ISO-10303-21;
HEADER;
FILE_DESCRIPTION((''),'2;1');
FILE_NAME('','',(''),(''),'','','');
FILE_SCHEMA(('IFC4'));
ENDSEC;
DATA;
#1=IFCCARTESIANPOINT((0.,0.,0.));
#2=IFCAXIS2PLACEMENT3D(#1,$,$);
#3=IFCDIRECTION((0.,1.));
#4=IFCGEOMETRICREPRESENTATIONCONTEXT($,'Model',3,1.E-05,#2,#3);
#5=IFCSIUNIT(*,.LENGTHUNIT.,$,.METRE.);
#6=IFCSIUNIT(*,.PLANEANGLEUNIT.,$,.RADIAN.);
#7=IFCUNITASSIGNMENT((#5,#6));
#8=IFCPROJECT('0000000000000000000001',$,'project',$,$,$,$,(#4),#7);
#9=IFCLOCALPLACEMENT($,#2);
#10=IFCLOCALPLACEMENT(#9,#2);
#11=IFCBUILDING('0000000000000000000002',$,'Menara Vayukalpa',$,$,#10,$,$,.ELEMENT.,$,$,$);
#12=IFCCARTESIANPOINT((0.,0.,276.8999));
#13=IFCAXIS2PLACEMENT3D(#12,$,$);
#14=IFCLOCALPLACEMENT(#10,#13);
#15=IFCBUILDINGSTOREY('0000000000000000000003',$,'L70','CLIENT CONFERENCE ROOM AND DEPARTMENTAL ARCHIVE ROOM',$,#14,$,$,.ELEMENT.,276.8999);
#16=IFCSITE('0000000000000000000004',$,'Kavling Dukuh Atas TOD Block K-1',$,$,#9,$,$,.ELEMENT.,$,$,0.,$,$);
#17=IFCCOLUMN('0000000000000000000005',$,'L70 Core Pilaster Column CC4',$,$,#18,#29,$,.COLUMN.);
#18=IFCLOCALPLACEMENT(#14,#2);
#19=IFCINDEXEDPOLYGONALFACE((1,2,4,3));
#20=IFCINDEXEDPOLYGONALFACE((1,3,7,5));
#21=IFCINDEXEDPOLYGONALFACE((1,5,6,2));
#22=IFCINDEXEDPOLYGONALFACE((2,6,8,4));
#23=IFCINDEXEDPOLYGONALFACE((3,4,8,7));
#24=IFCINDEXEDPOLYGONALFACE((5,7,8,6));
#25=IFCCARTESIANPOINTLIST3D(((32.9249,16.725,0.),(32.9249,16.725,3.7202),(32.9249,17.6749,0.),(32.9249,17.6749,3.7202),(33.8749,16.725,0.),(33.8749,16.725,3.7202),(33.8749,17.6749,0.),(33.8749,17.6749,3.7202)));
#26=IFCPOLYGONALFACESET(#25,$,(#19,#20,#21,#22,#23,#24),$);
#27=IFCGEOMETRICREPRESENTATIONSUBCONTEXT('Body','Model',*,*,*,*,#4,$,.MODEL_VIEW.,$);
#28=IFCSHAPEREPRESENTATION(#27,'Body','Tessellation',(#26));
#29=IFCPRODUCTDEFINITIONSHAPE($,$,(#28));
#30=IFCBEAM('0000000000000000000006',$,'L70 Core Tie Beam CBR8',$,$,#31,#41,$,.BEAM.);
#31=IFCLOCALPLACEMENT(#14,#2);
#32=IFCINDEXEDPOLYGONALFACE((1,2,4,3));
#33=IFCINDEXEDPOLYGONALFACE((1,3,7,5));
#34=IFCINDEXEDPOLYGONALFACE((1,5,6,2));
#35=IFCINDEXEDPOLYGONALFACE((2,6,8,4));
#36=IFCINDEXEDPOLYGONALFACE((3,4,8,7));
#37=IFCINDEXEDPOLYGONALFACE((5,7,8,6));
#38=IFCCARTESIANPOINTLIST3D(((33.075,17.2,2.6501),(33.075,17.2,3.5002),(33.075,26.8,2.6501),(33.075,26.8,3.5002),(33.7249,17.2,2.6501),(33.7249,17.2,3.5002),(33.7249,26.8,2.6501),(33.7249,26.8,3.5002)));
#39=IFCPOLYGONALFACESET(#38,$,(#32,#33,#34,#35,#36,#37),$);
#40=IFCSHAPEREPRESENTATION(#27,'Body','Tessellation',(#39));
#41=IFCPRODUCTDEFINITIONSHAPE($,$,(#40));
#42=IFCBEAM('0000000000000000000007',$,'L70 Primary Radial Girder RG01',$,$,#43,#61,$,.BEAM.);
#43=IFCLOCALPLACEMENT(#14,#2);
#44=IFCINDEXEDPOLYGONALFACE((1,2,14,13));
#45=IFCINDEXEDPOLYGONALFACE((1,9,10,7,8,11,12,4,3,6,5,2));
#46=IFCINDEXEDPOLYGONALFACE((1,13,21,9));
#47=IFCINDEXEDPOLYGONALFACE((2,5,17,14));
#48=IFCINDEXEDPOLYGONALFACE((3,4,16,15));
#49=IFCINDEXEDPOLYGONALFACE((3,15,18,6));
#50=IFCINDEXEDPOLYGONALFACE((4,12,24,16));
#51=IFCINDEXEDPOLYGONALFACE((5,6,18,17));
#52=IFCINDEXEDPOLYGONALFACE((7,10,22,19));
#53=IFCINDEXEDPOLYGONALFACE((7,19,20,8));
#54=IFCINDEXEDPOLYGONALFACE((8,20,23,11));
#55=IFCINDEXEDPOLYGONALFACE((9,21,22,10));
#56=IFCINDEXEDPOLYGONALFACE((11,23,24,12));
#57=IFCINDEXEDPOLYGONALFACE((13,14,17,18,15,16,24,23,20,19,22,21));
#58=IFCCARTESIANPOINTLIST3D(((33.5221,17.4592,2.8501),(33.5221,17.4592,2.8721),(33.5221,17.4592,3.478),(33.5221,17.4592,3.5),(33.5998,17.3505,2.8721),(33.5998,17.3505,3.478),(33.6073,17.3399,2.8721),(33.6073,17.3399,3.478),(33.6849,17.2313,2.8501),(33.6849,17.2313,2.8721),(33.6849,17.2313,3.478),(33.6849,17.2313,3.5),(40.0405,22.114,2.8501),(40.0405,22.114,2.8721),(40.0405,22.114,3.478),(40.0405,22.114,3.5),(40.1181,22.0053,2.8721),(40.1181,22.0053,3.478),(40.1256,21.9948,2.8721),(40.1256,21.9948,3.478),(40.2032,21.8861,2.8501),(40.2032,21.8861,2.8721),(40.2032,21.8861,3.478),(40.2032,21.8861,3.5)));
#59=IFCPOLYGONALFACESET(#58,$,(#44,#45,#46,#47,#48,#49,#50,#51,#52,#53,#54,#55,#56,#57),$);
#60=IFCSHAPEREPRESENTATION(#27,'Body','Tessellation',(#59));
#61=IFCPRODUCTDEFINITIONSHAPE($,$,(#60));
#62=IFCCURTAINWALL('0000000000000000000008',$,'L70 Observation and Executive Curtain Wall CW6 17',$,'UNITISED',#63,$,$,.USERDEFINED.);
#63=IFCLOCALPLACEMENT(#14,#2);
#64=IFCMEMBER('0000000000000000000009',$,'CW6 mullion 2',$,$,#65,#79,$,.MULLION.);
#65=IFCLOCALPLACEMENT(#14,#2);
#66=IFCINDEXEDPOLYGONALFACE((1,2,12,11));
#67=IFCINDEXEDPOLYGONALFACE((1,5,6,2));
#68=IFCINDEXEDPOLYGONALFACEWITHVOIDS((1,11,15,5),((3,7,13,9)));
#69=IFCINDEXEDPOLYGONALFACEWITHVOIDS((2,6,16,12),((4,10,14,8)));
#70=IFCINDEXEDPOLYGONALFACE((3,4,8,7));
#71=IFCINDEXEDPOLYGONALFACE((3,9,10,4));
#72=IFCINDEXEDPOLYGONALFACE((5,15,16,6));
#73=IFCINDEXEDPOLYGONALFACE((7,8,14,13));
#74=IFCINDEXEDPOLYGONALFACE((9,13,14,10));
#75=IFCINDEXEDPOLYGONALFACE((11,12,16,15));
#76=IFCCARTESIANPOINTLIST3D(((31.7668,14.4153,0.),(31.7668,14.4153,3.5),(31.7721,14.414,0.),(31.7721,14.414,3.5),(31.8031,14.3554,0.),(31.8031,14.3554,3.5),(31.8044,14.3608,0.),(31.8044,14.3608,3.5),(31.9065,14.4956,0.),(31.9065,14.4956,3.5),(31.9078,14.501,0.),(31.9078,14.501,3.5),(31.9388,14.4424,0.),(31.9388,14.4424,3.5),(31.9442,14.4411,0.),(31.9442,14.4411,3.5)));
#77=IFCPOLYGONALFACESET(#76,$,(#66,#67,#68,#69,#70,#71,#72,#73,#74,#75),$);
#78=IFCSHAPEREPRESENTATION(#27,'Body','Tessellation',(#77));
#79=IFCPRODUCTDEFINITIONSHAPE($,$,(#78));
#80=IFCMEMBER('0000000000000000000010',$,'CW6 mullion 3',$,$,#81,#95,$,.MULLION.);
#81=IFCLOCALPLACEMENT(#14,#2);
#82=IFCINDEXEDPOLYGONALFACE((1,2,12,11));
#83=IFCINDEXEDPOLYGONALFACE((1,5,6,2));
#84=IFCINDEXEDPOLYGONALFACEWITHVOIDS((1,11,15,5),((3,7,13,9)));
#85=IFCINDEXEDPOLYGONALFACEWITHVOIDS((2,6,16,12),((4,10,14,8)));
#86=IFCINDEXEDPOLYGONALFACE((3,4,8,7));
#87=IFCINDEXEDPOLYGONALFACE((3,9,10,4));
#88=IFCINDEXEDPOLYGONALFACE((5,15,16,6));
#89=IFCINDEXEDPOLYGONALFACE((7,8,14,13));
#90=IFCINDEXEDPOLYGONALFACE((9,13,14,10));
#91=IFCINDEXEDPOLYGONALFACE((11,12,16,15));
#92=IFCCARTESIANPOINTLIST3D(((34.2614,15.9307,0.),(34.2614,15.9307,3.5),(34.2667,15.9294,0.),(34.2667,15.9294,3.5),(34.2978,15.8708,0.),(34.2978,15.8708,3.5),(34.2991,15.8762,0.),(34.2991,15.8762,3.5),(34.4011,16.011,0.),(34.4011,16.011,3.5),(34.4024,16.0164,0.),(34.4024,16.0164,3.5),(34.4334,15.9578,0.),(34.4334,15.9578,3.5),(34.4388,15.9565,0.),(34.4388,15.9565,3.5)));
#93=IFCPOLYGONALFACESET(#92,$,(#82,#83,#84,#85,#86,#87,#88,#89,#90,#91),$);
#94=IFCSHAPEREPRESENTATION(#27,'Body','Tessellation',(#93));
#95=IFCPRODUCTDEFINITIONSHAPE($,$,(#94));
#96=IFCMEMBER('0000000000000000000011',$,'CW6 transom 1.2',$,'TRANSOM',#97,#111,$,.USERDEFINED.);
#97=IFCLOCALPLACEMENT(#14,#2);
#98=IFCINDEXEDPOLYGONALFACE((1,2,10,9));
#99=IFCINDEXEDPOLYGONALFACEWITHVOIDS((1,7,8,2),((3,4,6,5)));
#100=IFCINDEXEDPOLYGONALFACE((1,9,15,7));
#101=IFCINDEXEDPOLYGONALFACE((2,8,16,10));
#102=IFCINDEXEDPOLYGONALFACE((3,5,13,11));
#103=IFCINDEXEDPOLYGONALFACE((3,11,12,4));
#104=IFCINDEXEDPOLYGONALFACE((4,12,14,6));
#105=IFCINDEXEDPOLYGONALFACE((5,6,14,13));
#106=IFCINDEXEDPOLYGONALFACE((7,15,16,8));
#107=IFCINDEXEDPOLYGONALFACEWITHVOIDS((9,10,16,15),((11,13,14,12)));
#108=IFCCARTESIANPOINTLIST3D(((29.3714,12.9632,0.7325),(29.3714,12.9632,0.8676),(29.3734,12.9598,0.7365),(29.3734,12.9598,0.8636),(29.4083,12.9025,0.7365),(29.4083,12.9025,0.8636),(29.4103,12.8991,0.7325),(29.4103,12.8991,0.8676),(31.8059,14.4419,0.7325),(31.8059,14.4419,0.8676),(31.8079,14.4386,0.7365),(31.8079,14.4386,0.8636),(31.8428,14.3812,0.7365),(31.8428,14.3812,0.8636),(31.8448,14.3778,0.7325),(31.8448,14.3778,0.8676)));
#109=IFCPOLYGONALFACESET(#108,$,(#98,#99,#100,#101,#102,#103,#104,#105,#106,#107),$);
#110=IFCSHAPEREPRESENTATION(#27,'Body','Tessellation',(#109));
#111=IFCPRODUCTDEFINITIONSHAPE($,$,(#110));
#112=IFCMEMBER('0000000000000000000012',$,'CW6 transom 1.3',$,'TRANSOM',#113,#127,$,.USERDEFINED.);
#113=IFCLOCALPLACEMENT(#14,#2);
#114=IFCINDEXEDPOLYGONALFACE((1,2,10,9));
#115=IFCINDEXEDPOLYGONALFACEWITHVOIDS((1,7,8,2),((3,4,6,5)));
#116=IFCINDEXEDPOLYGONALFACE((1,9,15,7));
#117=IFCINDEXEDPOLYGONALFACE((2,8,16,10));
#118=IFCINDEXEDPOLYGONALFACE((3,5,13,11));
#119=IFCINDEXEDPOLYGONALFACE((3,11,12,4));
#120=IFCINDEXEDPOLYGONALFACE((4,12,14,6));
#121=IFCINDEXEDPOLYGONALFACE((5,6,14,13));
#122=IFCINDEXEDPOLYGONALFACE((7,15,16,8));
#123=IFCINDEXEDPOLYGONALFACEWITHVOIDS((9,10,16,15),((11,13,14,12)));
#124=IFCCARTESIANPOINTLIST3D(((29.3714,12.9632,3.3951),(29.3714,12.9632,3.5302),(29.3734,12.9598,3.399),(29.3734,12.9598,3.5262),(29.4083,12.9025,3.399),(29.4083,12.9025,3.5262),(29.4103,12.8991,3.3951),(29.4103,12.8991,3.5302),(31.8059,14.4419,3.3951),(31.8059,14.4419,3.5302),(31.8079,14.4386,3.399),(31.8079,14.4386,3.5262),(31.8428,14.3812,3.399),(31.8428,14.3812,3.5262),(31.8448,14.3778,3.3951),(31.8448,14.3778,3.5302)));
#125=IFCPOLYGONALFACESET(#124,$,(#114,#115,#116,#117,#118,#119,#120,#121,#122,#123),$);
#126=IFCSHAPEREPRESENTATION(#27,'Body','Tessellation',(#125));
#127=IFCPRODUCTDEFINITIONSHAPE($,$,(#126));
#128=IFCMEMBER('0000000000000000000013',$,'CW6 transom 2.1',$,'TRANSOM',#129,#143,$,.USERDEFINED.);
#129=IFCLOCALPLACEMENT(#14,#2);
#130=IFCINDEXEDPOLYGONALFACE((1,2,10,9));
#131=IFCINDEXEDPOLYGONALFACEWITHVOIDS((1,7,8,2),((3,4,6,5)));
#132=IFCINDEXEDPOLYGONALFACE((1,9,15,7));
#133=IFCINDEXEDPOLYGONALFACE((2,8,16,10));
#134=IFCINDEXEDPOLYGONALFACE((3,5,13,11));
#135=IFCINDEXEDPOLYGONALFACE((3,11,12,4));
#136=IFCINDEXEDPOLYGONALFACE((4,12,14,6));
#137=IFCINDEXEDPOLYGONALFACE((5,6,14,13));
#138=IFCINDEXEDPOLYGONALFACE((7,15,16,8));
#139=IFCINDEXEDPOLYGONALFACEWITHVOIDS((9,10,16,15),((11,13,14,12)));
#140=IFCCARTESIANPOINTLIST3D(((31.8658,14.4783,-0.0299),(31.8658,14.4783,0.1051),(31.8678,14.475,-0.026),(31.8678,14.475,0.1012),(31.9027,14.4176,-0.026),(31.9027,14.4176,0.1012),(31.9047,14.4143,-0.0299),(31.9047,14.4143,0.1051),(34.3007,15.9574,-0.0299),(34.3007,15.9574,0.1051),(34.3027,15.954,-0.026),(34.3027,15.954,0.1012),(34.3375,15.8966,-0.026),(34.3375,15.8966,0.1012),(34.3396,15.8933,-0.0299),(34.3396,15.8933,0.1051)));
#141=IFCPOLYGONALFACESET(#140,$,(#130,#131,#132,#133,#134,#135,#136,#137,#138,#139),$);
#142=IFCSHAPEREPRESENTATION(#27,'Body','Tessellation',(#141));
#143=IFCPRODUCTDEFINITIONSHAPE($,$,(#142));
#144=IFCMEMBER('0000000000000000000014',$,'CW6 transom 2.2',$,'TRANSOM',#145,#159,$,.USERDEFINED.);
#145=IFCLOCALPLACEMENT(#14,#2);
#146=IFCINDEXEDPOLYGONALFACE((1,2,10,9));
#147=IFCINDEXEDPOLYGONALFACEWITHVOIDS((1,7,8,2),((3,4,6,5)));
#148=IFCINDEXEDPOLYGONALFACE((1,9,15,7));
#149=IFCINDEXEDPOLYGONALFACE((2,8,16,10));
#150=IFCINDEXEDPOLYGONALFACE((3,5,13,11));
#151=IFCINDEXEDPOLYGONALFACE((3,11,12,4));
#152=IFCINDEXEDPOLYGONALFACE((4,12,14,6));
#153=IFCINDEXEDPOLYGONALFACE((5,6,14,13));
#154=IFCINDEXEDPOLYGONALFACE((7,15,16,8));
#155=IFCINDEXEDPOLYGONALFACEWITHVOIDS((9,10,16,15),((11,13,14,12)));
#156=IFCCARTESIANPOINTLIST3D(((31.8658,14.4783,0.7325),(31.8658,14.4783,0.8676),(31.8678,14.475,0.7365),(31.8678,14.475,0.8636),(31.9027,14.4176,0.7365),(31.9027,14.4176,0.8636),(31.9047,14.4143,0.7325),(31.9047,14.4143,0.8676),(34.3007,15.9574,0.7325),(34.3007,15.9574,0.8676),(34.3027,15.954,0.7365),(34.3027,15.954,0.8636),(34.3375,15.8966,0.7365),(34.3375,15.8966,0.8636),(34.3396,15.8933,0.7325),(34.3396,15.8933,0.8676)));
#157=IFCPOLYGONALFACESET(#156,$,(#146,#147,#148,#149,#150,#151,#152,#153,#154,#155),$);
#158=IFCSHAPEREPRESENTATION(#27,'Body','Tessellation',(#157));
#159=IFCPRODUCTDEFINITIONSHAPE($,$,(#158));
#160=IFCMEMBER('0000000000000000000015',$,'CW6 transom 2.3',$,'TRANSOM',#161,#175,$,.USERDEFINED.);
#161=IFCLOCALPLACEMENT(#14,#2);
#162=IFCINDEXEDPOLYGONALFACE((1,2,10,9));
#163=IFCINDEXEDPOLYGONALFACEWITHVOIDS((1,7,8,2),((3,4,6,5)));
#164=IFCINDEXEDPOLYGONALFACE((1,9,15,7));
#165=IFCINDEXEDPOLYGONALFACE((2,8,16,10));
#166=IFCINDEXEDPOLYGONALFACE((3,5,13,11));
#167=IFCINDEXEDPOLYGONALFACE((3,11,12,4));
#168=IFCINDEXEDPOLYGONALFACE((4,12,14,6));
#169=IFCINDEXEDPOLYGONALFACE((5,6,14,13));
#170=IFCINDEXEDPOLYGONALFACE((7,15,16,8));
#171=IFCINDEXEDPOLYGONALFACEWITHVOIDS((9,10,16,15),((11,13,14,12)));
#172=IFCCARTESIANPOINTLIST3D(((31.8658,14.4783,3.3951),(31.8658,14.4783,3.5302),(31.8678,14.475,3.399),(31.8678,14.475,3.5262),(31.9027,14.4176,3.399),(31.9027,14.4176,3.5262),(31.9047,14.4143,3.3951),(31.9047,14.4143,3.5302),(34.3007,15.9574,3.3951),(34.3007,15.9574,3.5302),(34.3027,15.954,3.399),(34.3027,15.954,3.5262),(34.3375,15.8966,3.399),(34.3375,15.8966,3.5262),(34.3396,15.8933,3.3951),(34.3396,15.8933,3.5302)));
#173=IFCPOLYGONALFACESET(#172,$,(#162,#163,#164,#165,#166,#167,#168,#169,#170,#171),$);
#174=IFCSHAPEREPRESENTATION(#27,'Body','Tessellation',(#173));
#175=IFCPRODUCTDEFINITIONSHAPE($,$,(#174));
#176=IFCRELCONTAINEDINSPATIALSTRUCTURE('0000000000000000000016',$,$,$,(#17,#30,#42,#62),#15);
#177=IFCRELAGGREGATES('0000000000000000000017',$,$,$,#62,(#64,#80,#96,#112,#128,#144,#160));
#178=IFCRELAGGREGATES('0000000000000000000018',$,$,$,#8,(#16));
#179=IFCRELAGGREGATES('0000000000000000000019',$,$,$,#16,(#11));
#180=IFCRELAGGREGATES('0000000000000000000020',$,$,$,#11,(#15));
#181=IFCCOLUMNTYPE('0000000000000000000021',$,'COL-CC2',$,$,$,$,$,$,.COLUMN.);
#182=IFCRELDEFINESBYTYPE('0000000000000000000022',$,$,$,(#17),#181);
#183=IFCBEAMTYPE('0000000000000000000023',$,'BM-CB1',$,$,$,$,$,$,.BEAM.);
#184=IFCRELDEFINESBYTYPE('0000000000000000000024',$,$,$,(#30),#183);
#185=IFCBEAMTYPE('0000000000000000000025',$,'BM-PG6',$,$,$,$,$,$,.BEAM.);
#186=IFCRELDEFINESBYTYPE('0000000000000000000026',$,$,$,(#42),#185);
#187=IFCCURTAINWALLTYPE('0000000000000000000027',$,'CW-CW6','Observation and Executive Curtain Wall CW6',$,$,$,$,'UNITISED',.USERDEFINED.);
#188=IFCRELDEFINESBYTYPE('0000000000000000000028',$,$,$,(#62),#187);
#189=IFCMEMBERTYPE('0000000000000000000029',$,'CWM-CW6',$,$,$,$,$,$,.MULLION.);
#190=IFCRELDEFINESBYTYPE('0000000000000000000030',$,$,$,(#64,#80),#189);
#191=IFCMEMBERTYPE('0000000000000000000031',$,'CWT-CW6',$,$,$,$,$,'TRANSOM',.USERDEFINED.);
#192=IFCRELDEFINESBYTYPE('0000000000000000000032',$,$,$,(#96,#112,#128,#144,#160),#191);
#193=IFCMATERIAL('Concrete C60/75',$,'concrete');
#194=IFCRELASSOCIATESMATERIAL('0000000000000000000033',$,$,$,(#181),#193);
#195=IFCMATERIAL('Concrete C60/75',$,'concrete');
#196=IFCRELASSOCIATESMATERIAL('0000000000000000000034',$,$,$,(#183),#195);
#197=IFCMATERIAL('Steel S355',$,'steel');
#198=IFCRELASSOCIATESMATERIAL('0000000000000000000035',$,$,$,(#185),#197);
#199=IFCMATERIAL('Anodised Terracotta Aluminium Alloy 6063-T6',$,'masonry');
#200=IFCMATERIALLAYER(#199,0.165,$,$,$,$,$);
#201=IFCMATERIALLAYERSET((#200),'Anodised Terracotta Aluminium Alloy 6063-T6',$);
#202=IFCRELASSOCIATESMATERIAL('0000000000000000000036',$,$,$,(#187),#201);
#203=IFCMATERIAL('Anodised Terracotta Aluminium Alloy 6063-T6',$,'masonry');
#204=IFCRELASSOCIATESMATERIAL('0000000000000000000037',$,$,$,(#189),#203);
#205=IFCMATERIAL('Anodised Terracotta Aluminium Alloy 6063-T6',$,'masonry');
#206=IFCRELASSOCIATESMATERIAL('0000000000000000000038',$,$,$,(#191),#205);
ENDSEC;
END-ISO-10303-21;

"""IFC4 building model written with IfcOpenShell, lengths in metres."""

from ifc_helpers import new_model, si_unit, direction, frame, origin, origin_2d, place, context, subcontext, project, spatial, rectangle, hollow_rectangle, i_section, extrude, material, layer, layer_set, material_profile, profile_set, type_object, element, aggregate, save


model = new_model("IFC4")

# Units and contexts
model_context = context("Model", 3, precision=1e-05, world=origin(), true_north=direction((0.0, 1.0)))
body_context = subcontext(model_context, "Body", "Model", "MODEL_VIEW")
ifc_project = project(units=[si_unit("LENGTHUNIT", "METRE"), si_unit("PLANEANGLEUNIT", "RADIAN")], contexts=[model_context])

# Site, building, storey
site_placement = place(None, origin())
site = spatial("IfcSite", under=ifc_project, at=site_placement, Name="Kavling Dukuh Atas TOD Block K-1", CompositionType="ELEMENT", RefElevation=0.0)
building_placement = place(site_placement, origin())
building = spatial("IfcBuilding", under=site, at=building_placement, Name="Menara Vayukalpa", CompositionType="ELEMENT")
storey_placement = place(building_placement, frame((0.0, 0.0, 276.8999)))
storey = spatial("IfcBuildingStorey", under=building, at=storey_placement, Name="L70", Description="CLIENT CONFERENCE ROOM AND DEPARTMENTAL ARCHIVE ROOM", CompositionType="ELEMENT", Elevation=276.8999)

# Column
ifc_material_1 = material(Name="Concrete C60/75", Category="concrete")
ifc_material_profile_1 = material_profile(ifc_material_1, rectangle(XDim=0.95, YDim=0.95, at=origin_2d()), Name="RC 950x950")
ifc_profile_set_1 = profile_set([ifc_material_profile_1], Name="Concrete C60/75")
column_type = type_object("IfcColumnType", Name="COL-CC2", PredefinedType="COLUMN", material=ifc_profile_set_1)
column_placement = place(storey_placement, frame((33.3999, 17.2, 0.0), z_axis=(0.0, 0.0, 1.0), x_axis=(1.0, 0.0, 0.0)))
element("IfcColumn", 1, at=column_placement, inside=storey, type_object=column_type, Name="L70 Core Pilaster Column CC4", PredefinedType="COLUMN", context=body_context, shape_type="SweptSolid", body=[
    extrude(rectangle(XDim=0.95, YDim=0.95, at=origin_2d()), origin(), (0.0, 0.0, 1.0), 3.7202),
])

# Beams
ifc_material_2 = material(Name="Concrete C60/75", Category="concrete")
ifc_material_profile_2 = material_profile(ifc_material_2, rectangle(XDim=0.6499, YDim=0.8501, at=origin_2d()), Name="RC 650x850")
ifc_profile_set_2 = profile_set([ifc_material_profile_2], Name="Concrete C60/75")
beam_type_1 = type_object("IfcBeamType", Name="BM-CB1", PredefinedType="BEAM", material=ifc_profile_set_2)
beam_1_placement = place(storey_placement, frame((33.3999, 17.2, 3.0752), z_axis=(0.0, 1.0, 0.0), x_axis=(-1.0, 0.0, 0.0)))
element("IfcBeam", 2, at=beam_1_placement, inside=storey, type_object=beam_type_1, Name="L70 Core Tie Beam CBR8", PredefinedType="BEAM", context=body_context, shape_type="SweptSolid", body=[
    extrude(rectangle(XDim=0.6499, YDim=0.8501, at=origin_2d()), origin(), (0.0, 0.0, 1.0), 9.6001),
])
ifc_material_3 = material(Name="Steel S355", Category="steel")
ifc_material_profile_3 = material_profile(ifc_material_3, i_section(OverallWidth=0.28, OverallDepth=0.6499, WebThickness=0.0129, FlangeThickness=0.022, at=origin_2d()), Name="WF 650x280x13x22")
ifc_profile_set_3 = profile_set([ifc_material_profile_3], Name="Steel S355")
beam_type_2 = type_object("IfcBeamType", Name="BM-PG6", PredefinedType="BEAM", material=ifc_profile_set_3)
beam_2_placement = place(storey_placement, frame((33.6035, 17.3452, 3.175), z_axis=(0.813801, 0.581143, 0.0), x_axis=(-0.581143, 0.813801, 0.0)))
element("IfcBeam", 3, at=beam_2_placement, inside=storey, type_object=beam_type_2, Name="L70 Primary Radial Girder RG01", PredefinedType="BEAM", context=body_context, shape_type="SweptSolid", body=[
    extrude(i_section(OverallWidth=0.28, OverallDepth=0.6499, WebThickness=0.0129, FlangeThickness=0.022, at=origin_2d()), origin(), (0.0, 0.0, 1.0), 8.0098),
])

# Curtain wall, members
ifc_material_4 = material(Name="Anodised Terracotta Aluminium Alloy 6063-T6", Category="masonry")
ifc_layer_1 = layer(ifc_material_4, 0.165)
ifc_layer_set_1 = layer_set([ifc_layer_1], Name="Anodised Terracotta Aluminium Alloy 6063-T6")
curtain_wall_type = type_object("IfcCurtainWallType", Name="CW-CW6", Description="Observation and Executive Curtain Wall CW6", ElementType="UNITISED", PredefinedType="USERDEFINED", material=ifc_layer_set_1)
curtain_wall_placement = place(storey_placement, origin())
curtain_wall = element("IfcCurtainWall", 4, at=curtain_wall_placement, inside=storey, type_object=curtain_wall_type, Name="L70 Observation and Executive Curtain Wall CW6 17", ObjectType="UNITISED", PredefinedType="USERDEFINED")
ifc_material_5 = material(Name="Anodised Terracotta Aluminium Alloy 6063-T6", Category="masonry")
ifc_material_profile_4 = material_profile(ifc_material_5, hollow_rectangle(XDim=0.0701, YDim=0.165, WallThickness=0.0039, at=origin_2d()), Name="ALU 70x165x4")
ifc_profile_set_4 = profile_set([ifc_material_profile_4], Name="Anodised Terracotta Aluminium Alloy 6063-T6")
member_type_1 = type_object("IfcMemberType", Name="CWM-CW6", PredefinedType="MULLION", material=ifc_profile_set_4)
member_1_placement = place(storey_placement, frame((31.8555, 14.4282, 0.0), z_axis=(0.0, 0.0, 1.0), x_axis=(-0.519176, 0.854668, 0.0)))
member_1 = element("IfcMember", 5, at=member_1_placement, type_object=member_type_1, Name="CW6 mullion 2", PredefinedType="MULLION", context=body_context, shape_type="SweptSolid", body=[
    extrude(hollow_rectangle(XDim=0.0701, YDim=0.165, WallThickness=0.0039, at=origin_2d()), origin(), (0.0, 0.0, 1.0), 3.5),
])
member_2_placement = place(storey_placement, frame((34.3501, 15.9436, 0.0), z_axis=(0.0, 0.0, 1.0), x_axis=(-0.519176, 0.854668, 0.0)))
member_2 = element("IfcMember", 6, at=member_2_placement, type_object=member_type_1, Name="CW6 mullion 3", PredefinedType="MULLION", context=body_context, shape_type="SweptSolid", body=[
    extrude(hollow_rectangle(XDim=0.0701, YDim=0.165, WallThickness=0.0039, at=origin_2d()), origin(), (0.0, 0.0, 1.0), 3.5),
])
ifc_material_6 = material(Name="Anodised Terracotta Aluminium Alloy 6063-T6", Category="masonry")
ifc_material_profile_5 = material_profile(ifc_material_6, hollow_rectangle(XDim=0.075, YDim=0.135, WallThickness=0.0039, at=origin_2d()), Name="ALU 75x135x4")
ifc_profile_set_5 = profile_set([ifc_material_profile_5], Name="Anodised Terracotta Aluminium Alloy 6063-T6")
member_type_2 = type_object("IfcMemberType", Name="CWT-CW6", ElementType="TRANSOM", PredefinedType="USERDEFINED", material=ifc_profile_set_5)
member_3_placement = place(storey_placement, frame((29.3909, 12.9312, 0.8), z_axis=(0.85469, 0.519139, 0.0), x_axis=(-0.519139, 0.85469, 0.0)))
member_3 = element("IfcMember", 7, at=member_3_placement, type_object=member_type_2, Name="CW6 transom 1.2", ObjectType="TRANSOM", PredefinedType="USERDEFINED", context=body_context, shape_type="SweptSolid", body=[
    extrude(hollow_rectangle(XDim=0.075, YDim=0.135, WallThickness=0.0039, at=origin_2d()), origin(), (0.0, 0.0, 1.0), 2.8484),
])
member_4_placement = place(storey_placement, frame((29.3909, 12.9312, 3.4626), z_axis=(0.85469, 0.519139, 0.0), x_axis=(-0.519139, 0.85469, 0.0)))
member_4 = element("IfcMember", 8, at=member_4_placement, type_object=member_type_2, Name="CW6 transom 1.3", ObjectType="TRANSOM", PredefinedType="USERDEFINED", context=body_context, shape_type="SweptSolid", body=[
    extrude(hollow_rectangle(XDim=0.075, YDim=0.135, WallThickness=0.0039, at=origin_2d()), origin(), (0.0, 0.0, 1.0), 2.8484),
])
member_5_placement = place(storey_placement, frame((31.8853, 14.4463, 0.0376), z_axis=(0.854675, 0.519164, 0.0), x_axis=(-0.519164, 0.854675, 0.0)))
member_5 = element("IfcMember", 9, at=member_5_placement, type_object=member_type_2, Name="CW6 transom 2.1", ObjectType="TRANSOM", PredefinedType="USERDEFINED", context=body_context, shape_type="SweptSolid", body=[
    extrude(hollow_rectangle(XDim=0.075, YDim=0.135, WallThickness=0.0039, at=origin_2d()), origin(), (0.0, 0.0, 1.0), 2.8489),
])
member_6_placement = place(storey_placement, frame((31.8853, 14.4463, 0.8), z_axis=(0.854675, 0.519164, 0.0), x_axis=(-0.519164, 0.854675, 0.0)))
member_6 = element("IfcMember", 10, at=member_6_placement, type_object=member_type_2, Name="CW6 transom 2.2", ObjectType="TRANSOM", PredefinedType="USERDEFINED", context=body_context, shape_type="SweptSolid", body=[
    extrude(hollow_rectangle(XDim=0.075, YDim=0.135, WallThickness=0.0039, at=origin_2d()), origin(), (0.0, 0.0, 1.0), 2.8489),
])
member_7_placement = place(storey_placement, frame((31.8853, 14.4463, 3.4626), z_axis=(0.854675, 0.519164, 0.0), x_axis=(-0.519164, 0.854675, 0.0)))
member_7 = element("IfcMember", 11, at=member_7_placement, type_object=member_type_2, Name="CW6 transom 2.3", ObjectType="TRANSOM", PredefinedType="USERDEFINED", context=body_context, shape_type="SweptSolid", body=[
    extrude(hollow_rectangle(XDim=0.075, YDim=0.135, WallThickness=0.0039, at=origin_2d()), origin(), (0.0, 0.0, 1.0), 2.8489),
])
aggregate(curtain_wall, [member_1, member_2, member_3, member_4, member_5, member_6, member_7])

save(model, "model.ifc")
